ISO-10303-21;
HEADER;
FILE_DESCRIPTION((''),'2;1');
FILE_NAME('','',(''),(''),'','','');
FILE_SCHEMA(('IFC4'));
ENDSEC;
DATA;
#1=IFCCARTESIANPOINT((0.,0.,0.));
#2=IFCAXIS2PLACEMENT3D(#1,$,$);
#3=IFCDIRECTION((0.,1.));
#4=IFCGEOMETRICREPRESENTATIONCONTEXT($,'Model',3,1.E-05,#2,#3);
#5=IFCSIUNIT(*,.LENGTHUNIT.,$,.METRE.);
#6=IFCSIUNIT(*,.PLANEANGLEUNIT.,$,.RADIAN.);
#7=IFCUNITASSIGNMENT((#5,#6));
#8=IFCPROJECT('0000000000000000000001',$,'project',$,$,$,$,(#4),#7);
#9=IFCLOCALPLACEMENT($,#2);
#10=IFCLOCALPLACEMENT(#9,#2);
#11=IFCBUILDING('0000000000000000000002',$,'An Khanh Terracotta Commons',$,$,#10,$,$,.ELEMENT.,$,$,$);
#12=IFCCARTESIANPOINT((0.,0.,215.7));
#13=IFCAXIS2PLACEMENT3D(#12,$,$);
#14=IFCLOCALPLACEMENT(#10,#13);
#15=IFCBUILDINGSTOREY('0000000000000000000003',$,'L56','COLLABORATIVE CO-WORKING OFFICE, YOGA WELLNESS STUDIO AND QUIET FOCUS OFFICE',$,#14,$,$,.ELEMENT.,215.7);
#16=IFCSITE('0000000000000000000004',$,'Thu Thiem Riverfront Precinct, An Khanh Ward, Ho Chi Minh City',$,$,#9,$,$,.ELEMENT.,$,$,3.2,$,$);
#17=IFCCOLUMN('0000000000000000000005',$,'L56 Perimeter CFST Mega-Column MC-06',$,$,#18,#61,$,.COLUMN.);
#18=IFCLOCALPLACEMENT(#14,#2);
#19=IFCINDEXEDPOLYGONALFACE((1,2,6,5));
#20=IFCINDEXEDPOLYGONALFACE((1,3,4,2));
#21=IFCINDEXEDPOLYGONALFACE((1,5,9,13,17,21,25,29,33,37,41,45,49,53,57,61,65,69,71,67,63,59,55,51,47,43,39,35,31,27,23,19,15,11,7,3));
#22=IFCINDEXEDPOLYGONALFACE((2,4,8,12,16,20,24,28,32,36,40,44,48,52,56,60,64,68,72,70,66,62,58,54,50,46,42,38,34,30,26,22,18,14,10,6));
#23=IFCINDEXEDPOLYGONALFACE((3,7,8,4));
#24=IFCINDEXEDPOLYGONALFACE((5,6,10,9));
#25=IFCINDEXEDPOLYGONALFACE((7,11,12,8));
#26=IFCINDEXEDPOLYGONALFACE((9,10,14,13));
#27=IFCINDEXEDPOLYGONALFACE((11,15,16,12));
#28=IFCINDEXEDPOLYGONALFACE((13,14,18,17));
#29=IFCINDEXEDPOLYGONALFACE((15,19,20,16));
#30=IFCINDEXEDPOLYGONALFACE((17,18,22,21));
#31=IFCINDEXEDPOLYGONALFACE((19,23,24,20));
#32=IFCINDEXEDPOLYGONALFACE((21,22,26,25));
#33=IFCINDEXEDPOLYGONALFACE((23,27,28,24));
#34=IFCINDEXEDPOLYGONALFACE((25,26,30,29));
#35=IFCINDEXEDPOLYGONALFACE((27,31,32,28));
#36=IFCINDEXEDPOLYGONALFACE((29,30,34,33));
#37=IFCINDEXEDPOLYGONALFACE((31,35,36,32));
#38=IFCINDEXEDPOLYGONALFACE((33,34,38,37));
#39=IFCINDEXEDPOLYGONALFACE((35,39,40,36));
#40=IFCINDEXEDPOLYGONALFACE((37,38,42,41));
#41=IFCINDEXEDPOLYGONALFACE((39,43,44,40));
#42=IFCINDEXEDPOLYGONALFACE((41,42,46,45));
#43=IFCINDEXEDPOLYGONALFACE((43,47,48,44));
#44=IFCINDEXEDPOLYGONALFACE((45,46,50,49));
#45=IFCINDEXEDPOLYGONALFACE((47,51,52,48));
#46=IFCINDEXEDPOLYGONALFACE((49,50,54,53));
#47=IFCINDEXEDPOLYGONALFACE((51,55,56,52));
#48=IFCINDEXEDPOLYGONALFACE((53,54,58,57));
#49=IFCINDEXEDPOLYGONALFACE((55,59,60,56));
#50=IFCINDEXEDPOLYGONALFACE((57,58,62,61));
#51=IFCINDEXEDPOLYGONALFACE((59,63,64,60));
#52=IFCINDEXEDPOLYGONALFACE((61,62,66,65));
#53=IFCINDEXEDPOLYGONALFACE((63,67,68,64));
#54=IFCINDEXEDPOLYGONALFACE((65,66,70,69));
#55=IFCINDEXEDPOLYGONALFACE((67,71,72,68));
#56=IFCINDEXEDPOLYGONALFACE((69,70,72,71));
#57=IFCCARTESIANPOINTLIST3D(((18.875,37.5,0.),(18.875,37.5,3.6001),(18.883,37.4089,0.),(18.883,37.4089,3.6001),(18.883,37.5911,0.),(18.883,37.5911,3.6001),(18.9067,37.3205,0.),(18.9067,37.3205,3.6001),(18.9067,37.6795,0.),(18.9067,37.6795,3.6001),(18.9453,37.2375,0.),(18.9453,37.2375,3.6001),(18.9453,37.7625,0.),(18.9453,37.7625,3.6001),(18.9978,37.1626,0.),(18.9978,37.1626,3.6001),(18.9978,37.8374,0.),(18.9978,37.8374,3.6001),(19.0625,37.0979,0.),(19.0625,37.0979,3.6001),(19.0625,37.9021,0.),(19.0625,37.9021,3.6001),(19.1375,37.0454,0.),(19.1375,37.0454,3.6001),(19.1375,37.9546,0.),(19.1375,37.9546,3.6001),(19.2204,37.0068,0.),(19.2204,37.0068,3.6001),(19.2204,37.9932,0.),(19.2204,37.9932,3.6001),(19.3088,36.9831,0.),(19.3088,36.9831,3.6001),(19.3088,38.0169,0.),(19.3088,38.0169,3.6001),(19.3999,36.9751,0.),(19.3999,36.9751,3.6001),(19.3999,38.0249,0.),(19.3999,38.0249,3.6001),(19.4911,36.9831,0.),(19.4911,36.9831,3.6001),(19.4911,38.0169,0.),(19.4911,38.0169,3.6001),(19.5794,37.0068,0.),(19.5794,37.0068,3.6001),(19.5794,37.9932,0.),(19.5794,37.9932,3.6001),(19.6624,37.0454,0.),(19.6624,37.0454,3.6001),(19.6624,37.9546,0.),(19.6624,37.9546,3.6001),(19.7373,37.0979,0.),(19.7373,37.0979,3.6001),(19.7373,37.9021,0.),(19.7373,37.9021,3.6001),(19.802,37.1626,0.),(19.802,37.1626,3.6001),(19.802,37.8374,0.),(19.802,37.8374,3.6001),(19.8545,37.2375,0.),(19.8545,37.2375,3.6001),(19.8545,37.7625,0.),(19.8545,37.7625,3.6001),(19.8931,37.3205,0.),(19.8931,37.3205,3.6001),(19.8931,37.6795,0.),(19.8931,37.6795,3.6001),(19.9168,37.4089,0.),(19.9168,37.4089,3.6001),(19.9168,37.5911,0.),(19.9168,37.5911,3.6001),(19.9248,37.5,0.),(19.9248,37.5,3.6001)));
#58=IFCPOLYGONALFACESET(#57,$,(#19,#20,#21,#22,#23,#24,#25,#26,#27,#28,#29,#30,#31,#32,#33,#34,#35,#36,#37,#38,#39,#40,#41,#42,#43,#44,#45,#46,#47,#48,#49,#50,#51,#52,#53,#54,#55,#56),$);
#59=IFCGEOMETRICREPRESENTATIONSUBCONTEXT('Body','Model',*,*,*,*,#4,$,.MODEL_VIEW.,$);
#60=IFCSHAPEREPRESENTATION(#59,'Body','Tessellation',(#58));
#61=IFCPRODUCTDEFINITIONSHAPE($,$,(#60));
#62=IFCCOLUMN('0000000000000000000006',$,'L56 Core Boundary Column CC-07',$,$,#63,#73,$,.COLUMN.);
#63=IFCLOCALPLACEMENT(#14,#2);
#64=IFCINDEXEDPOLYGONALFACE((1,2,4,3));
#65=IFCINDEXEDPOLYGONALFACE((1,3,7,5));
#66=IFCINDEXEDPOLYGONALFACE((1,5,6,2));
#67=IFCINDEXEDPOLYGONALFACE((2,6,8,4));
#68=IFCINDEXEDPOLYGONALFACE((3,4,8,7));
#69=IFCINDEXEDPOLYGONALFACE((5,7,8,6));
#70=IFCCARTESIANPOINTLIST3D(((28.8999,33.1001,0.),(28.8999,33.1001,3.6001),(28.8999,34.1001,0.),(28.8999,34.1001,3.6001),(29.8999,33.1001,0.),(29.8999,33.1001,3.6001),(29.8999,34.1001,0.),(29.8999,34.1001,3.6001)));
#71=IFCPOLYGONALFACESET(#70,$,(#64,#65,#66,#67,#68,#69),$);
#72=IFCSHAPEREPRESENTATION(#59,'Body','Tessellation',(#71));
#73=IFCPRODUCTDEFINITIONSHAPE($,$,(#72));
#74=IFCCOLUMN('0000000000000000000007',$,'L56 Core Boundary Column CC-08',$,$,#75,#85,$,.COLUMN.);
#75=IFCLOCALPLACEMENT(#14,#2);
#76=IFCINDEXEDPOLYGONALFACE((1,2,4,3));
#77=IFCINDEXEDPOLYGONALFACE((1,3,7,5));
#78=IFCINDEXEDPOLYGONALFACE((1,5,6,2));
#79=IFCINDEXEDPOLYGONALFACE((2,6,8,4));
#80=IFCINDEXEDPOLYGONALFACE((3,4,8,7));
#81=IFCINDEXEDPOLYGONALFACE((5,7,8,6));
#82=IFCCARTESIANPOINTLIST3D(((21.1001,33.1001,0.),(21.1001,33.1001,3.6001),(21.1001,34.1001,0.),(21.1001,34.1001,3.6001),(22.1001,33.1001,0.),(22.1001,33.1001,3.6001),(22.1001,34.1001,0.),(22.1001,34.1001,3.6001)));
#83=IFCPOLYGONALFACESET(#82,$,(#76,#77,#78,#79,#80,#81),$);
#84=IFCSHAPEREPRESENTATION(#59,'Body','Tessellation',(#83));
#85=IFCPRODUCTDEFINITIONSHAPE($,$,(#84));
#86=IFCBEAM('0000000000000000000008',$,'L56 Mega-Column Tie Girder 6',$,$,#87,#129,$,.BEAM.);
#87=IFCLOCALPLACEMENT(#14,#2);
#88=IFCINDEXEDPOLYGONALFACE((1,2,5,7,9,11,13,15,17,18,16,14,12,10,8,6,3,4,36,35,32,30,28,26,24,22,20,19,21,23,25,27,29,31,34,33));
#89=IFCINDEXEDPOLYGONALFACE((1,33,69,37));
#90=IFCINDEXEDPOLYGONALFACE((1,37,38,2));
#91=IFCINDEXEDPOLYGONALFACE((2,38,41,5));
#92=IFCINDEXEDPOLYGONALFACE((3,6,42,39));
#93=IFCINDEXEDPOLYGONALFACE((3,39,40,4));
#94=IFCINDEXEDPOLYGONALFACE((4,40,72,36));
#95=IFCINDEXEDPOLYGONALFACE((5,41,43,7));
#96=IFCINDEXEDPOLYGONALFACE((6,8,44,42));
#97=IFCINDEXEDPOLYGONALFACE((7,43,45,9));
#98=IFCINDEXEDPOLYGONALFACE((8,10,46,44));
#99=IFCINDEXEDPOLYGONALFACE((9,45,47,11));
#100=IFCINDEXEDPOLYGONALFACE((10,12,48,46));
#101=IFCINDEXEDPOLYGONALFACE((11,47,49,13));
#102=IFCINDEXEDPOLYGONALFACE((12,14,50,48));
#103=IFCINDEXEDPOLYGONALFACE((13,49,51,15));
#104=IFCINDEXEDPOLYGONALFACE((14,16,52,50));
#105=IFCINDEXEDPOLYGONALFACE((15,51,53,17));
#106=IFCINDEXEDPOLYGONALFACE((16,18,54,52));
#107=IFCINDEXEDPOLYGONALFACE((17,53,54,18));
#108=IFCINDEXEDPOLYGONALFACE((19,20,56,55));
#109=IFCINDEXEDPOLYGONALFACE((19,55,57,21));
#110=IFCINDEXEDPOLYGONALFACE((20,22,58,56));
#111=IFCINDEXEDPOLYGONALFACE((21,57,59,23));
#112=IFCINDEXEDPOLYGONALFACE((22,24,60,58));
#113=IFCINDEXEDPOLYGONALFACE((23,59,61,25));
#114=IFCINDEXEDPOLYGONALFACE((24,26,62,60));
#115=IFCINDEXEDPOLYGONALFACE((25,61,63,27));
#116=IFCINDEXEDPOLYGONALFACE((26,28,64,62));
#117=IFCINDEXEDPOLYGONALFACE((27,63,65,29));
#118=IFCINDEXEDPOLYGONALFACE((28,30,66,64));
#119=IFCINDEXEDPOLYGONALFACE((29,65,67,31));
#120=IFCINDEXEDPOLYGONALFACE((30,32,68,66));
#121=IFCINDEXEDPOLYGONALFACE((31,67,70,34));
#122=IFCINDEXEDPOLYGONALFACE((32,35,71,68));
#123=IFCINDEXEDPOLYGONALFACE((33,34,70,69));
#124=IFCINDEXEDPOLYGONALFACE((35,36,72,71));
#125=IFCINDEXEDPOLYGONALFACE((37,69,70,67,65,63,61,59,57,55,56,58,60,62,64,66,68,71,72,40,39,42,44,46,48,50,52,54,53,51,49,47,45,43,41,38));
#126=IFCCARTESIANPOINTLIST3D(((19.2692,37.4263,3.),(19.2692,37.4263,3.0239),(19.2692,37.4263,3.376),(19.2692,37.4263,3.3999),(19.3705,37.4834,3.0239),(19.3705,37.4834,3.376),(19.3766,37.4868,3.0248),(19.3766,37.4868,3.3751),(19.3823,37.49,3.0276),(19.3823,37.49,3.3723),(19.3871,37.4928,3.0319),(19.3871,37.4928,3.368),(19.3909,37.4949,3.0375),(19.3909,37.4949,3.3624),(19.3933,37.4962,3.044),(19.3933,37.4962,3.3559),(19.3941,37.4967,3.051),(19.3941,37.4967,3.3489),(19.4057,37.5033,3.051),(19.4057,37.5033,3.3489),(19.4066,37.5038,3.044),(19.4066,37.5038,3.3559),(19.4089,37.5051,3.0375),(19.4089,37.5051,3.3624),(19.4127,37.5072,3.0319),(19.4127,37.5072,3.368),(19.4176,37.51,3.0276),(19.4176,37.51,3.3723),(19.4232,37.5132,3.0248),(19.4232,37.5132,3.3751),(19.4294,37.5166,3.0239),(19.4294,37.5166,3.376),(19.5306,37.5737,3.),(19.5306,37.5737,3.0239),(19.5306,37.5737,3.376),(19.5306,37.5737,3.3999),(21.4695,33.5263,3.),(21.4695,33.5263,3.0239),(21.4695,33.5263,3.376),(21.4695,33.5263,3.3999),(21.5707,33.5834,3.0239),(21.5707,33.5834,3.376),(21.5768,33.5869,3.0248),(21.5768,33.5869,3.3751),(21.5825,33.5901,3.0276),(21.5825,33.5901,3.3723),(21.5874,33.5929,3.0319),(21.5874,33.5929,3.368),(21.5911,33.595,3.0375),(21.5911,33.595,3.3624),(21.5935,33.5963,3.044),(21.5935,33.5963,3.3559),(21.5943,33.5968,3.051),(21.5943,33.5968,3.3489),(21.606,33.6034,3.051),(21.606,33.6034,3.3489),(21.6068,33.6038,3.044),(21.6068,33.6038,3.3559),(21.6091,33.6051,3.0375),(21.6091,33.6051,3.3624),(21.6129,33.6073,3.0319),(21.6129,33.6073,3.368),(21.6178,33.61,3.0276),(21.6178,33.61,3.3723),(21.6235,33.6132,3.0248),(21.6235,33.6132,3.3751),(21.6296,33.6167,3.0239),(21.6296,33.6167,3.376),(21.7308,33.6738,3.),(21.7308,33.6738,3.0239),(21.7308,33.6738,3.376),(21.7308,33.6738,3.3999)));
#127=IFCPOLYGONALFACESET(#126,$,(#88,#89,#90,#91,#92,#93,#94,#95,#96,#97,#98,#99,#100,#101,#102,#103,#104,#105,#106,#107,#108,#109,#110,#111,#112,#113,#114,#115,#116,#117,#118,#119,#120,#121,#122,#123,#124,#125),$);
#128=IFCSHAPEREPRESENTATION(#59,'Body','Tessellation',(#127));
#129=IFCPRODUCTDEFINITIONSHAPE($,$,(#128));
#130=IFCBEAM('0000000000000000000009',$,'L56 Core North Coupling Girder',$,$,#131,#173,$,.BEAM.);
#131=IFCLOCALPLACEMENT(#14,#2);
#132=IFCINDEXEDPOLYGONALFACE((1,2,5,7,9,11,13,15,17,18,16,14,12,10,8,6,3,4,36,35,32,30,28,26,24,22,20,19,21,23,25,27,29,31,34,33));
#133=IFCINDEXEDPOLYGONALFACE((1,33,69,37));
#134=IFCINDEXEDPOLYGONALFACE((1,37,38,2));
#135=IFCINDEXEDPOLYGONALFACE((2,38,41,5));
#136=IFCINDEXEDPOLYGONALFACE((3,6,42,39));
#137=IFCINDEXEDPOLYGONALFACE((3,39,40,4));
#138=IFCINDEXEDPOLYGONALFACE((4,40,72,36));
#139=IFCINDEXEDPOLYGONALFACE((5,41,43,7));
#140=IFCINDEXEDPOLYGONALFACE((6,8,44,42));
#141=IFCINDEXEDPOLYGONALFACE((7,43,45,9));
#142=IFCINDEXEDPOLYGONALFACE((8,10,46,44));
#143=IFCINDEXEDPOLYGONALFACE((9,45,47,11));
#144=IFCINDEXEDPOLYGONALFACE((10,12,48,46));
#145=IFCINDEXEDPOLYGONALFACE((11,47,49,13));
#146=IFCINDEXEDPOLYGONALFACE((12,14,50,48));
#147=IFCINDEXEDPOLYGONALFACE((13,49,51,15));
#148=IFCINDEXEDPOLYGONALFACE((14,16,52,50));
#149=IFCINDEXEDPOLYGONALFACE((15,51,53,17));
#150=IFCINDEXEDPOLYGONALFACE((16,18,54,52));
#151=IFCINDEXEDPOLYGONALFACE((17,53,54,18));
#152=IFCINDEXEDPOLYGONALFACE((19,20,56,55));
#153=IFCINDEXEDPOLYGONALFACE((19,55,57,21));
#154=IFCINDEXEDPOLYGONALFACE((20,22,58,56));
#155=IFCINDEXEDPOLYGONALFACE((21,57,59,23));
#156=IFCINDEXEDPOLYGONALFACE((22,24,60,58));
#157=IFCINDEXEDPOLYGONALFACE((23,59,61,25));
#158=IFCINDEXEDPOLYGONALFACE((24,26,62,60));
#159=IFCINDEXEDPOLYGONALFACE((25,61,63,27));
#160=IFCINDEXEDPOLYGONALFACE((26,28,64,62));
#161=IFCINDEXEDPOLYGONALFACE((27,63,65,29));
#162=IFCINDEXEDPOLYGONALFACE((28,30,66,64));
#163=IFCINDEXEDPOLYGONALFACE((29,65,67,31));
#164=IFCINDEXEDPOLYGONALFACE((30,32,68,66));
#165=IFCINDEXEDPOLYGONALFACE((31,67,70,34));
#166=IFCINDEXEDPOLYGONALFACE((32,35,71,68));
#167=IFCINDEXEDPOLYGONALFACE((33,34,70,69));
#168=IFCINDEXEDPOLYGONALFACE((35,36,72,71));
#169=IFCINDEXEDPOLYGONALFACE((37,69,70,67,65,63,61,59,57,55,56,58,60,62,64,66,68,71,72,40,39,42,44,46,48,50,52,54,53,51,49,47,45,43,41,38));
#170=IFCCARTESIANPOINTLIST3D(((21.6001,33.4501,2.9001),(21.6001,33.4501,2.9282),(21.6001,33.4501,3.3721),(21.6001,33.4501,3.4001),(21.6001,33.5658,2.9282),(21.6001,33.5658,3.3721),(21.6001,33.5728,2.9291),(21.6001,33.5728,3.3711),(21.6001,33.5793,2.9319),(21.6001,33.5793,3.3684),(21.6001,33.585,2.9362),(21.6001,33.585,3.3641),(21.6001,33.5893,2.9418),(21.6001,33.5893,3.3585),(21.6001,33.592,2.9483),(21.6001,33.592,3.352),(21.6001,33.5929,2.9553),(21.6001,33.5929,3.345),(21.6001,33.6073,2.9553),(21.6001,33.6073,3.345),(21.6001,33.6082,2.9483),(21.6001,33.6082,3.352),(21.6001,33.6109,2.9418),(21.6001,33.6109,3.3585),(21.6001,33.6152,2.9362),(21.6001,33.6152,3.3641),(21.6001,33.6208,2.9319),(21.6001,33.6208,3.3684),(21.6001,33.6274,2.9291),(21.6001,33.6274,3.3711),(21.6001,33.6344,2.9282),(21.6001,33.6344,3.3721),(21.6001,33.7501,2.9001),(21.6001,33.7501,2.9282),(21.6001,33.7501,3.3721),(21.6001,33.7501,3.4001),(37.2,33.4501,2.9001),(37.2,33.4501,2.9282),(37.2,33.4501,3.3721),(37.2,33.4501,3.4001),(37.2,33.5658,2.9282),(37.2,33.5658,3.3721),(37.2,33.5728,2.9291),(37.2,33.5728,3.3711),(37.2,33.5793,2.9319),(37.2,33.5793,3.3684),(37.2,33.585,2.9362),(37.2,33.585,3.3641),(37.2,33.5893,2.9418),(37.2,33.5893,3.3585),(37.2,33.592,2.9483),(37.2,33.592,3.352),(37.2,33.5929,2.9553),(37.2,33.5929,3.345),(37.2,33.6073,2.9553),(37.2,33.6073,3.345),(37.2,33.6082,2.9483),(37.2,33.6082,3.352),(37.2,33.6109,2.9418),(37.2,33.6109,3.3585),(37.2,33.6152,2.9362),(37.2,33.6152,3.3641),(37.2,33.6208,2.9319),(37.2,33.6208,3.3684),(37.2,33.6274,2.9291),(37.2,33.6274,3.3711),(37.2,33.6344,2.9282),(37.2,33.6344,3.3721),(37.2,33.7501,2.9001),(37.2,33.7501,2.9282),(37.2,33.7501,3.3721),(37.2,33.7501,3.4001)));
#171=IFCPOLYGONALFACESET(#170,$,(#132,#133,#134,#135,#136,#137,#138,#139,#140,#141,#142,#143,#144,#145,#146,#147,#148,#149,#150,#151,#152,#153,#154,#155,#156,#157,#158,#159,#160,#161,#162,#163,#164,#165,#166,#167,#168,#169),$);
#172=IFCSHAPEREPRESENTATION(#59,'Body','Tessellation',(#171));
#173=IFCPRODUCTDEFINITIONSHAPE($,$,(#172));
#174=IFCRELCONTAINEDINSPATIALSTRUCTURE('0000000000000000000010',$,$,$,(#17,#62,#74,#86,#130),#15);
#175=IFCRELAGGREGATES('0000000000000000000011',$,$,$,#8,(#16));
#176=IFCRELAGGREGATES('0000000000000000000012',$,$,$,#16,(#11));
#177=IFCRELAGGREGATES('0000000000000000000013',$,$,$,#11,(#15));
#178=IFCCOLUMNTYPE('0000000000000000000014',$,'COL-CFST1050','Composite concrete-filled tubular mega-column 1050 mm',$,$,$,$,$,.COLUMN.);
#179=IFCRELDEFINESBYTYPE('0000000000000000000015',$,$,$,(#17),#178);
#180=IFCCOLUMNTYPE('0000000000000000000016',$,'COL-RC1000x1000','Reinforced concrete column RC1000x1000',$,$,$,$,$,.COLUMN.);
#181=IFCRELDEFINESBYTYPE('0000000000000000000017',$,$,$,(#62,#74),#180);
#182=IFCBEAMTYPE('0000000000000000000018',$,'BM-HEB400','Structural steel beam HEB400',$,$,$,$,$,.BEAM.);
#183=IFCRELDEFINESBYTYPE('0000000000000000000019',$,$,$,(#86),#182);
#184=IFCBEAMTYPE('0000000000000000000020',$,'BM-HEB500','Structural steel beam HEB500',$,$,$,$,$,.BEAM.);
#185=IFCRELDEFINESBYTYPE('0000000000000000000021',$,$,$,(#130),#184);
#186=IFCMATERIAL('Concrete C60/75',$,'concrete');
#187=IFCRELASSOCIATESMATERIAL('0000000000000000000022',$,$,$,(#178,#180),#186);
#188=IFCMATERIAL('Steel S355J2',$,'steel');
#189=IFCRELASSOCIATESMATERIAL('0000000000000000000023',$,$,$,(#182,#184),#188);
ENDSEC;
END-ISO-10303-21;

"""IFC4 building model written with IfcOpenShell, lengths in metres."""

from ifc_helpers import new_model, si_unit, direction, frame, origin, origin_2d, place, context, subcontext, project, spatial, rectangle, circle, i_section, extrude, material, material_profile, profile_set, type_object, element, save


model = new_model("IFC4")

# Units and contexts
model_context = context("Model", 3, precision=1e-05, world=origin(), true_north=direction((0.0, 1.0)))
body_context = subcontext(model_context, "Body", "Model", "MODEL_VIEW")
ifc_project = project(units=[si_unit("LENGTHUNIT", "METRE"), si_unit("PLANEANGLEUNIT", "RADIAN")], contexts=[model_context])

# Site, building, storey
site_placement = place(None, origin())
site = spatial("IfcSite", under=ifc_project, at=site_placement, Name="Thu Thiem Riverfront Precinct, An Khanh Ward, Ho Chi Minh City", CompositionType="ELEMENT", RefElevation=3.2)
building_placement = place(site_placement, origin())
building = spatial("IfcBuilding", under=site, at=building_placement, Name="An Khanh Terracotta Commons", CompositionType="ELEMENT")
storey_placement = place(building_placement, frame((0.0, 0.0, 215.7)))
storey = spatial("IfcBuildingStorey", under=building, at=storey_placement, Name="L56", Description="COLLABORATIVE CO-WORKING OFFICE, YOGA WELLNESS STUDIO AND QUIET FOCUS OFFICE", CompositionType="ELEMENT", Elevation=215.7)

# Columns
ifc_material_1 = material(Name="Concrete C60/75", Category="concrete")
ifc_material_profile_1 = material_profile(ifc_material_1, circle(Radius=0.5249, at=origin_2d()), Name="CFST1050")
ifc_profile_set_1 = profile_set([ifc_material_profile_1], Name="Concrete C60/75")
column_type_1 = type_object("IfcColumnType", Name="COL-CFST1050", Description="Composite concrete-filled tubular mega-column 1050 mm", PredefinedType="COLUMN", material=ifc_profile_set_1)
column_placement = place(storey_placement, frame((19.3999, 37.5, 0.0), z_axis=(0.0, 0.0, 1.0), x_axis=(1.0, 0.0, 0.0)))
element("IfcColumn", 1, at=column_placement, inside=storey, type_object=column_type_1, Name="L56 Perimeter CFST Mega-Column MC-06", PredefinedType="COLUMN", context=body_context, shape_type="SweptSolid", body=[
    extrude(circle(Radius=0.5249, at=origin_2d()), origin(), (0.0, 0.0, 1.0), 3.6001),
])
ifc_material_profile_2 = material_profile(ifc_material_1, rectangle(XDim=1.0, YDim=1.0, at=origin_2d()), Name="RC1000x1000")
ifc_profile_set_2 = profile_set([ifc_material_profile_2], Name="Concrete C60/75")
column_type_2 = type_object("IfcColumnType", Name="COL-RC1000x1000", Description="Reinforced concrete column RC1000x1000", PredefinedType="COLUMN", material=ifc_profile_set_2)
for number, where, z_axis, x_axis, name in (
    (2, (29.3999, 33.6001, 0.0), (0.0, 0.0, 1.0), (1.0, 0.0, 0.0), "L56 Core Boundary Column CC-07"),
    (3, (21.6001, 33.6001, 0.0), (0.0, 0.0, 1.0), (1.0, 0.0, 0.0), "L56 Core Boundary Column CC-08"),
):
    element("IfcColumn", number, at=place(storey_placement, frame(where, z_axis=z_axis, x_axis=x_axis)), inside=storey, type_object=column_type_2, Name=name, PredefinedType="COLUMN", context=body_context, shape_type="SweptSolid", body=[
        extrude(rectangle(XDim=1.0, YDim=1.0, at=origin_2d()), origin(), (0.0, 0.0, 1.0), 3.6001),
    ])

# Beams
ifc_material_2 = material(Name="Steel S355J2", Category="steel")
ifc_material_profile_3 = material_profile(ifc_material_2, i_section(OverallWidth=0.3, OverallDepth=0.3999, WebThickness=0.0134, FlangeThickness=0.0239, FilletRadius=0.0271, at=origin_2d()), Name="HEB400")
ifc_profile_set_3 = profile_set([ifc_material_profile_3], Name="Steel S355J2")
beam_type_1 = type_object("IfcBeamType", Name="BM-HEB400", Description="Structural steel beam HEB400", PredefinedType="BEAM", material=ifc_profile_set_3)
beam_1_placement = place(storey_placement, frame((19.3999, 37.5, 3.2), z_axis=(0.491364, -0.870955, 0.0), x_axis=(0.870955, 0.491364, 0.0)))
element("IfcBeam", 4, at=beam_1_placement, inside=storey, type_object=beam_type_1, Name="L56 Mega-Column Tie Girder 6", PredefinedType="BEAM", context=body_context, shape_type="SweptSolid", body=[
    extrude(i_section(OverallWidth=0.3, OverallDepth=0.3999, WebThickness=0.0134, FlangeThickness=0.0239, FilletRadius=0.0271, at=origin_2d()), origin(), (0.0, 0.0, 1.0), 4.4778),
])
ifc_material_profile_4 = material_profile(ifc_material_2, i_section(OverallWidth=0.3, OverallDepth=0.5, WebThickness=0.0144, FlangeThickness=0.0281, FilletRadius=0.0271, at=origin_2d()), Name="HEB500")
ifc_profile_set_4 = profile_set([ifc_material_profile_4], Name="Steel S355J2")
beam_type_2 = type_object("IfcBeamType", Name="BM-HEB500", Description="Structural steel beam HEB500", PredefinedType="BEAM", material=ifc_profile_set_4)
beam_2_placement = place(storey_placement, frame((21.6001, 33.6001, 3.1501), z_axis=(1.0, 0.0, 0.0), x_axis=(0.0, 1.0, 0.0)))
element("IfcBeam", 5, at=beam_2_placement, inside=storey, type_object=beam_type_2, Name="L56 Core North Coupling Girder", PredefinedType="BEAM", context=body_context, shape_type="SweptSolid", body=[
    extrude(i_section(OverallWidth=0.3, OverallDepth=0.5, WebThickness=0.0144, FlangeThickness=0.0281, FilletRadius=0.0271, at=origin_2d()), origin(), (0.0, 0.0, 1.0), 15.5999),
])

save(model, "model.ifc")
